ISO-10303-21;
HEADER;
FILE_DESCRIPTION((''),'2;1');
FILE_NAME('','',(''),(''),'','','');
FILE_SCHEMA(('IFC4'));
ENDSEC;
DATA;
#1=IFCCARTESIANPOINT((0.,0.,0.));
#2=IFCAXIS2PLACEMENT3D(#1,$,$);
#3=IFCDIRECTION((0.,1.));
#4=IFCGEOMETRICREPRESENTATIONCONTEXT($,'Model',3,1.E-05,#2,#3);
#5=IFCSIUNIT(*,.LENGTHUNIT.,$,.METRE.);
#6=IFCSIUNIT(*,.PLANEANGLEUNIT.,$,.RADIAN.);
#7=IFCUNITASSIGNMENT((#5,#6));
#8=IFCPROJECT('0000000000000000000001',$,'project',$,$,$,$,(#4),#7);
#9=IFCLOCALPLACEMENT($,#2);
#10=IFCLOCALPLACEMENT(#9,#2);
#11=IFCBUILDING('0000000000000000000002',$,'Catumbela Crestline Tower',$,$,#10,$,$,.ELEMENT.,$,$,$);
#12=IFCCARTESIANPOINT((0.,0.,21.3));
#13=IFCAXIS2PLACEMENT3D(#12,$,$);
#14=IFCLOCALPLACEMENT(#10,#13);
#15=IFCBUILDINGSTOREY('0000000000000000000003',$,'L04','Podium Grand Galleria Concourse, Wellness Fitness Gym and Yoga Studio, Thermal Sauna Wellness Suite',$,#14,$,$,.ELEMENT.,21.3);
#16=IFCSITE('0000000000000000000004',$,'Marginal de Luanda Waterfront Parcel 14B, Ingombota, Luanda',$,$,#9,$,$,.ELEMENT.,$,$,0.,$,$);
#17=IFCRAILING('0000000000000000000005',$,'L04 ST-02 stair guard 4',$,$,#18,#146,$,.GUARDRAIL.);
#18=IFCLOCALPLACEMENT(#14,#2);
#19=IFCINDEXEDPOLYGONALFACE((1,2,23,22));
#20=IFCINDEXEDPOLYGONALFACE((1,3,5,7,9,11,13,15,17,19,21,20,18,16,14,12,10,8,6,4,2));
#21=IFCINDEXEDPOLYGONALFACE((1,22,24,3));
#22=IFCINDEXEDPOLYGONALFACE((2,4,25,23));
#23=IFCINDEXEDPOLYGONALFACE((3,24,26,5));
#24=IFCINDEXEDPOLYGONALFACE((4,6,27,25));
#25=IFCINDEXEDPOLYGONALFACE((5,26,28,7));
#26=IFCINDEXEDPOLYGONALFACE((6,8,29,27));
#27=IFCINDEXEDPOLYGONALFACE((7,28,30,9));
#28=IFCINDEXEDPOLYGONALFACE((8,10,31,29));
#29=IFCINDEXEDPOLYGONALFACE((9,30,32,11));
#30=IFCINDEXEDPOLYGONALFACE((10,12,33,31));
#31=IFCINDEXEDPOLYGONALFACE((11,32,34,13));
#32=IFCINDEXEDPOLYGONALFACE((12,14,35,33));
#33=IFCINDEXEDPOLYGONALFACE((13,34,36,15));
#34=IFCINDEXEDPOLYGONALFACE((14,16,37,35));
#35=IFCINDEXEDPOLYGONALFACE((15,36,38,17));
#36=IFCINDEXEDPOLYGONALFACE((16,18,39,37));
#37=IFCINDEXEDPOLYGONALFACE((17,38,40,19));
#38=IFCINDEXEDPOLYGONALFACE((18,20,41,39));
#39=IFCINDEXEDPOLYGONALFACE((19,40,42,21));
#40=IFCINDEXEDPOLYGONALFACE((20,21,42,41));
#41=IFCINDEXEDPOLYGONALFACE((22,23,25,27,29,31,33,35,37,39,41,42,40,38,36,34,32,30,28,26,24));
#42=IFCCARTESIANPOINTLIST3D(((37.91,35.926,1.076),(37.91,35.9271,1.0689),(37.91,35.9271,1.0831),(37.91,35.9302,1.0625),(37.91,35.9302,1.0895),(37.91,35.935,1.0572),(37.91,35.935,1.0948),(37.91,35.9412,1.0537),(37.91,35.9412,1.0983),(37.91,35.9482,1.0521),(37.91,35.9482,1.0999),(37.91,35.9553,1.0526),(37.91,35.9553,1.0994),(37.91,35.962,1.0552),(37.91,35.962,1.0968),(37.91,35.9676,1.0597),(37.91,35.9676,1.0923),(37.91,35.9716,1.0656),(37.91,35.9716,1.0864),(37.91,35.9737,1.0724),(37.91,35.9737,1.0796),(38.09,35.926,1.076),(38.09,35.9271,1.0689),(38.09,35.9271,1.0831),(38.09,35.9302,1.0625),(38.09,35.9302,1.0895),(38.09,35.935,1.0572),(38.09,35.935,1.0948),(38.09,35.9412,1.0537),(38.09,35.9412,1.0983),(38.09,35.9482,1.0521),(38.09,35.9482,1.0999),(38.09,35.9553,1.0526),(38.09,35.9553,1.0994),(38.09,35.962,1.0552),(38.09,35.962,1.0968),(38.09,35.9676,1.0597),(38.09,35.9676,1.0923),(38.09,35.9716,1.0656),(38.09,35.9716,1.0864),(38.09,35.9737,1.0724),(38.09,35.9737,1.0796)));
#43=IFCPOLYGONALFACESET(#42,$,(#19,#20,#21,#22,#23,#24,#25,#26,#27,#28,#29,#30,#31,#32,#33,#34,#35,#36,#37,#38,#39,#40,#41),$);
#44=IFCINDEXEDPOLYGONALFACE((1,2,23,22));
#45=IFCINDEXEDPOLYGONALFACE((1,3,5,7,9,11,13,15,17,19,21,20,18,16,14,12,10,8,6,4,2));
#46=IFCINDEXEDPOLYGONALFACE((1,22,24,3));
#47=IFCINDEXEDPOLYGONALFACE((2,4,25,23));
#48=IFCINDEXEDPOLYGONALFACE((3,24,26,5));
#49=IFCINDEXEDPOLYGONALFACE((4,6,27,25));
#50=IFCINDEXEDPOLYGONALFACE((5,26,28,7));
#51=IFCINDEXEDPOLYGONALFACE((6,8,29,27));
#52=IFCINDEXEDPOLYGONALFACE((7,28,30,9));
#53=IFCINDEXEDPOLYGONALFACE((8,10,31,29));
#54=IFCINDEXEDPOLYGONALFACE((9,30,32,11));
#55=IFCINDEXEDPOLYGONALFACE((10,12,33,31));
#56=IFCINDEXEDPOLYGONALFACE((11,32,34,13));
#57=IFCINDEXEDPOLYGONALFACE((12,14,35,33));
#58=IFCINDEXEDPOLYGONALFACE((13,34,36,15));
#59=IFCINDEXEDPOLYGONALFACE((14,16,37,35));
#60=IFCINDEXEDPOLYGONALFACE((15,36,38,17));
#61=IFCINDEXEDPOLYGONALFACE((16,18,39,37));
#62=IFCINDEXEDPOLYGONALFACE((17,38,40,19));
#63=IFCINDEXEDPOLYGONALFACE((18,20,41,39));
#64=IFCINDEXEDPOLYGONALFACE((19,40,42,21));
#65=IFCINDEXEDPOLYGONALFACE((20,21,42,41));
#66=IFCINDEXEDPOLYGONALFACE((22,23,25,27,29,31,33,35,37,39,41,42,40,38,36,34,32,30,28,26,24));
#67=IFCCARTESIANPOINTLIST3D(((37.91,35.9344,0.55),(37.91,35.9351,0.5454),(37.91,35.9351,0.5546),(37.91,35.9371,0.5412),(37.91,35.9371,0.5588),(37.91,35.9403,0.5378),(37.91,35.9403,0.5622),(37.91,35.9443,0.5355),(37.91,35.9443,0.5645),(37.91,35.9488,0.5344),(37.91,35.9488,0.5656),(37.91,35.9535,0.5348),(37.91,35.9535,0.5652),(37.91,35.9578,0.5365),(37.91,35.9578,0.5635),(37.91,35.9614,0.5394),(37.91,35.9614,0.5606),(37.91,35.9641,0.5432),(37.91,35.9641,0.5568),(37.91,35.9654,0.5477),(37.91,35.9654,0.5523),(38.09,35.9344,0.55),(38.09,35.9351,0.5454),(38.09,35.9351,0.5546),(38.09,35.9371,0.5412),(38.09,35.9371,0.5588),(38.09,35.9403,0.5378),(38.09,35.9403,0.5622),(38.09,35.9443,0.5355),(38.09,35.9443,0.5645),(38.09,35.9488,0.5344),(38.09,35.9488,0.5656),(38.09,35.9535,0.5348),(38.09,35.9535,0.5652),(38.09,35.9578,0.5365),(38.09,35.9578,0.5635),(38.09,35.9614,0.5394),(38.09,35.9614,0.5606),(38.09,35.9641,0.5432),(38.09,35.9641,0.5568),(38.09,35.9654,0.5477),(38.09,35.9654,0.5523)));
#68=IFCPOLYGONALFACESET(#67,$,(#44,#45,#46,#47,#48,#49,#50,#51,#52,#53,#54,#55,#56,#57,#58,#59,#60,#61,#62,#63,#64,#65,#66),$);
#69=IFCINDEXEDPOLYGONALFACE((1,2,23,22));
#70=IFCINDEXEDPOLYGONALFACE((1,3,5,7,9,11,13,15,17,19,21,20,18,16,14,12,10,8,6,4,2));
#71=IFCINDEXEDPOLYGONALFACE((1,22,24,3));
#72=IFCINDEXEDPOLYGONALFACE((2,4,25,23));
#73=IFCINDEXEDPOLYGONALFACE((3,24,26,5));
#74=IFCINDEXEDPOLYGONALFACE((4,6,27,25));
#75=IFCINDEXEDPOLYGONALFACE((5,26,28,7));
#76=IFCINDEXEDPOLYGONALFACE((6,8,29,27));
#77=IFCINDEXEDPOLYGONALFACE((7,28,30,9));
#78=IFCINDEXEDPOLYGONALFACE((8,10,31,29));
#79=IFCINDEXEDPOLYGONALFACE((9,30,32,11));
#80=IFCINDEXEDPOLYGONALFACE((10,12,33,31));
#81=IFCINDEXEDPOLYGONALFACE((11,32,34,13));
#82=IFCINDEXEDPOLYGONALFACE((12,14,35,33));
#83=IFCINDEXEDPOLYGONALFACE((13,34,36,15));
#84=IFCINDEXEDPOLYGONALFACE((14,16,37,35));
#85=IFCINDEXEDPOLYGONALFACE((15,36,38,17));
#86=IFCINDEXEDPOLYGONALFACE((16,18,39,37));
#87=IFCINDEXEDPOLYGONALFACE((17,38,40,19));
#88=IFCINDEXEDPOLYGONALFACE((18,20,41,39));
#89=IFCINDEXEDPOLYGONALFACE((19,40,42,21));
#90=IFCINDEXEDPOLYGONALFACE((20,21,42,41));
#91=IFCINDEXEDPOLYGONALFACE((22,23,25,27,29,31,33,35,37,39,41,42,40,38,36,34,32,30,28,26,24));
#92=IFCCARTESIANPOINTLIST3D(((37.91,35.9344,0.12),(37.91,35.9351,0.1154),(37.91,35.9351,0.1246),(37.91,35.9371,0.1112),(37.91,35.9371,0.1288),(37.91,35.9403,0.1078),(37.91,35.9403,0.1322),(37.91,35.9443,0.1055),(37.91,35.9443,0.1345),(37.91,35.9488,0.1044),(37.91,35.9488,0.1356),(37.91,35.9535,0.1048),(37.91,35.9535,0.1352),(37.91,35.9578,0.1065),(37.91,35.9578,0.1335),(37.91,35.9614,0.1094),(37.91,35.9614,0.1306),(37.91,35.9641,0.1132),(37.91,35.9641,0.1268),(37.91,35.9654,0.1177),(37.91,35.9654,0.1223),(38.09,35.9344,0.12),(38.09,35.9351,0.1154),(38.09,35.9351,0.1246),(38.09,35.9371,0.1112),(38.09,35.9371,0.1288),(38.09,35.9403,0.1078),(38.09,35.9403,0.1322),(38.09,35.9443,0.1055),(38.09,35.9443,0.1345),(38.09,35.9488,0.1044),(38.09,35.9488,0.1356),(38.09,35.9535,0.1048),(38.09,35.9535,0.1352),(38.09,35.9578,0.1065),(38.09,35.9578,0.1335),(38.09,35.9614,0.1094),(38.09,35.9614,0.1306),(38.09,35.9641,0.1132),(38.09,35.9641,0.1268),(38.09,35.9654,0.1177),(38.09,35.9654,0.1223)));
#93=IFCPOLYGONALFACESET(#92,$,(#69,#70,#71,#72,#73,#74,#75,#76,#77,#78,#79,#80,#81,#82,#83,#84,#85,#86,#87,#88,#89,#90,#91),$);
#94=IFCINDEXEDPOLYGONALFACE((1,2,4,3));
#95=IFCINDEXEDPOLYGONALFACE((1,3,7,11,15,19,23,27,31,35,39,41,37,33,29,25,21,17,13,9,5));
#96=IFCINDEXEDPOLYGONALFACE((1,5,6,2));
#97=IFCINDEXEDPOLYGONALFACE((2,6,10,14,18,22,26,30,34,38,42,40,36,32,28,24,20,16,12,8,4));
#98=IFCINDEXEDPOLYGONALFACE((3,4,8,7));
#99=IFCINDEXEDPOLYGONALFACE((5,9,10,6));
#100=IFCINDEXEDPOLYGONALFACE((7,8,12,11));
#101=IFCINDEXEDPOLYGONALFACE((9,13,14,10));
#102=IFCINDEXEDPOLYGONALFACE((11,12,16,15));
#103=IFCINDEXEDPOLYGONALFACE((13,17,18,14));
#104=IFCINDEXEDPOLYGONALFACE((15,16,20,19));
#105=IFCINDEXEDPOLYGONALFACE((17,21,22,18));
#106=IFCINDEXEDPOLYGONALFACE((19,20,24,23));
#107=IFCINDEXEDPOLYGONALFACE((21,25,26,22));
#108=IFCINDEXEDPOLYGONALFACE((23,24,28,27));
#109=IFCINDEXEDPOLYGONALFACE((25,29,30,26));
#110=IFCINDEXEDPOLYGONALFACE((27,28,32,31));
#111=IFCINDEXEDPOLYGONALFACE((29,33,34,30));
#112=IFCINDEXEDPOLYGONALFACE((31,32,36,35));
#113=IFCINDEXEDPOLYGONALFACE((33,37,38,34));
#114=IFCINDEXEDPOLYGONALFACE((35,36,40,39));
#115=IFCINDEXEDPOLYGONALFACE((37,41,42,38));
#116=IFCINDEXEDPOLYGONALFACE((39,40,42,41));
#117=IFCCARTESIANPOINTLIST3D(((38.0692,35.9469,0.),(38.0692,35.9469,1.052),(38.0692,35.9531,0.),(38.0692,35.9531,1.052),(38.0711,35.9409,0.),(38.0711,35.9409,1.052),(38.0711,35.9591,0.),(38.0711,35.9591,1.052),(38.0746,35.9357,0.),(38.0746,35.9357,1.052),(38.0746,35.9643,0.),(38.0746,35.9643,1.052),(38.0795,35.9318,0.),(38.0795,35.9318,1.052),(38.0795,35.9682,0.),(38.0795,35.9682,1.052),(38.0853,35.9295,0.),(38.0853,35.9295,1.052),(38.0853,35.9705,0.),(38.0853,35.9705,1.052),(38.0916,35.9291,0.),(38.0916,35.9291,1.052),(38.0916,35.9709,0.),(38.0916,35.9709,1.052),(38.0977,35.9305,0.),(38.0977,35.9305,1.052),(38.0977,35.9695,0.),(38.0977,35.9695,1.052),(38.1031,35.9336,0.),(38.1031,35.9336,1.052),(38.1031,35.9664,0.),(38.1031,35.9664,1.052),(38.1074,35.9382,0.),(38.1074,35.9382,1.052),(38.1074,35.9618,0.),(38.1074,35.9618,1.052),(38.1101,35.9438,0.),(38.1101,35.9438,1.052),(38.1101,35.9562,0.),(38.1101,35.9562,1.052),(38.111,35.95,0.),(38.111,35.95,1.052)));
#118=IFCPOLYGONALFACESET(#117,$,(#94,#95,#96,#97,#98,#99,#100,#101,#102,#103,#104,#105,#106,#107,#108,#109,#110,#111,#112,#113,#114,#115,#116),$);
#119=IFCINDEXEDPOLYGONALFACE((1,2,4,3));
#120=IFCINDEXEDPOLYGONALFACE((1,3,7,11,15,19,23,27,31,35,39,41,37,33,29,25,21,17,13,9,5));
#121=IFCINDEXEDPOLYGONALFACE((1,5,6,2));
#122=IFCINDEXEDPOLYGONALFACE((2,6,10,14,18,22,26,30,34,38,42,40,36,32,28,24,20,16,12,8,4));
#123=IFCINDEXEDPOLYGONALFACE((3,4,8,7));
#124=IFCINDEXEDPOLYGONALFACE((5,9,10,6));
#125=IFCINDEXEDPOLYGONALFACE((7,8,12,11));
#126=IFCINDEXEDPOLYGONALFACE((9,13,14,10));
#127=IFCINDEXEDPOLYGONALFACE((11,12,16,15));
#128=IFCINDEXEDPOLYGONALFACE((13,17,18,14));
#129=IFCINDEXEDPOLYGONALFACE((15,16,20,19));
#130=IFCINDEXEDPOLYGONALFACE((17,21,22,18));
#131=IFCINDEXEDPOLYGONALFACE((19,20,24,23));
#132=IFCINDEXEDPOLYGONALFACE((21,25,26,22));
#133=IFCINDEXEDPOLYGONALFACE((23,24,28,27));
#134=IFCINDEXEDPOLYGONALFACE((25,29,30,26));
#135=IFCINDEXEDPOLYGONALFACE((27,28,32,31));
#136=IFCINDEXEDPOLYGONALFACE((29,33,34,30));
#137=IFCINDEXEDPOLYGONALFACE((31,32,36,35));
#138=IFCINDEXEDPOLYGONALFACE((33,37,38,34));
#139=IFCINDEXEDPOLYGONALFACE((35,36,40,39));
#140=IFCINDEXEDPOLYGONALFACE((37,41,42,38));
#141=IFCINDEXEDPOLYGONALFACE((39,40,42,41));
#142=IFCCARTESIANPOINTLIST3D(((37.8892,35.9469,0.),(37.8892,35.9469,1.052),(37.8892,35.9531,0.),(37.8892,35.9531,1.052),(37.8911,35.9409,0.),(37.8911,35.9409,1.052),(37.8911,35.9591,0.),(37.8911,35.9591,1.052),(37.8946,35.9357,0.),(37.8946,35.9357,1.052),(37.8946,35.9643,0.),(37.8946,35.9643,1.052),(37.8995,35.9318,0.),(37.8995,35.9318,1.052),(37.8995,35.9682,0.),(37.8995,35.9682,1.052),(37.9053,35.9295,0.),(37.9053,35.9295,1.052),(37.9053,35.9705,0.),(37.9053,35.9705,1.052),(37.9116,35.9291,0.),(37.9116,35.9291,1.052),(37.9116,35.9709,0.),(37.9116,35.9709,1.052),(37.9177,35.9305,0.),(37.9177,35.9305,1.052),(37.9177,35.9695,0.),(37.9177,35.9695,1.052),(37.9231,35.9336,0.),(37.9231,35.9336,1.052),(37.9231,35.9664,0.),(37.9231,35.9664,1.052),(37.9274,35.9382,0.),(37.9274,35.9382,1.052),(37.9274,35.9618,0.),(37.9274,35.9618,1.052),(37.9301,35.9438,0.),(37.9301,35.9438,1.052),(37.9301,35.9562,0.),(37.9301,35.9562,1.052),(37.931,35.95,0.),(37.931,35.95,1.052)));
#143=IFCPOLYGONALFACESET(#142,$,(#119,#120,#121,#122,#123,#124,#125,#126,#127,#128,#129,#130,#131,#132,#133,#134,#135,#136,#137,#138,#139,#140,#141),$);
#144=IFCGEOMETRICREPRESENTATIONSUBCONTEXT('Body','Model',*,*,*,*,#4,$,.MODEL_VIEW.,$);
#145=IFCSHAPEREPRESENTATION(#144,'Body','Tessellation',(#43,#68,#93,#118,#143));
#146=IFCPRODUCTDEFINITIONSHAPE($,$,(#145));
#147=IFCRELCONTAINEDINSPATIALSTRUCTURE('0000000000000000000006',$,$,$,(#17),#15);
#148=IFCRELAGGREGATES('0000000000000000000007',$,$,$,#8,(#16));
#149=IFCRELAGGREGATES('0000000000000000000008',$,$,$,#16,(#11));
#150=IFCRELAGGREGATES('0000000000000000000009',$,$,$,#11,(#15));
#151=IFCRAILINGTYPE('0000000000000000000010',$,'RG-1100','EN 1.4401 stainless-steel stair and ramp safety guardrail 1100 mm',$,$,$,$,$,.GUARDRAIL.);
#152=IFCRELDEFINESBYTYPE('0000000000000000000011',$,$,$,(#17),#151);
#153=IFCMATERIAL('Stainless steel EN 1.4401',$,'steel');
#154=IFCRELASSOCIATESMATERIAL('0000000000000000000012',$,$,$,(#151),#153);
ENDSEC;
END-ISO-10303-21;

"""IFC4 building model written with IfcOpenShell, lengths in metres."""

from ifc_helpers import new_model, si_unit, direction, frame, origin, origin_2d, place, context, subcontext, project, spatial, circle, extrude, material, type_object, element, save


model = new_model("IFC4")

# Units and contexts
model_context = context("Model", 3, precision=1e-05, world=origin(), true_north=direction((0.0, 1.0)))
body_context = subcontext(model_context, "Body", "Model", "MODEL_VIEW")
ifc_project = project(units=[si_unit("LENGTHUNIT", "METRE"), si_unit("PLANEANGLEUNIT", "RADIAN")], contexts=[model_context])

# Site, building, storey
site_placement = place(None, origin())
site = spatial("IfcSite", under=ifc_project, at=site_placement, Name="Marginal de Luanda Waterfront Parcel 14B, Ingombota, Luanda", CompositionType="ELEMENT", RefElevation=0.0)
building_placement = place(site_placement, origin())
building = spatial("IfcBuilding", under=site, at=building_placement, Name="Catumbela Crestline Tower", CompositionType="ELEMENT")
storey_placement = place(building_placement, frame((0.0, 0.0, 21.3)))
storey = spatial("IfcBuildingStorey", under=building, at=storey_placement, Name="L04", Description="Podium Grand Galleria Concourse, Wellness Fitness Gym and Yoga Studio, Thermal Sauna Wellness Suite", CompositionType="ELEMENT", Elevation=21.3)

# Shared definitions
ifc_material_1 = material(Name="Stainless steel EN 1.4401", Category="steel")

# Railing
railing_type_1 = type_object("IfcRailingType", Name="RG-1100", Description="EN 1.4401 stainless-steel stair and ramp safety guardrail 1100 mm", PredefinedType="GUARDRAIL", material=ifc_material_1)
railing_1_placement = place(storey_placement, frame((38.09, 35.95, 0.0)))
element("IfcRailing", 1, at=railing_1_placement, inside=storey, type_object=railing_type_1, Name="L04 ST-02 stair guard 4", PredefinedType="GUARDRAIL", context=body_context, shape_type="SweptSolid", body=[
    extrude(circle(Radius=0.024, at=origin_2d()), frame((0.0, 0.0, 1.076), z_axis=(-1.0, 0.0, 0.0), x_axis=(0.0, -1.0, 0.0)), (0.0, 0.0, 1.0), 0.18),
    extrude(circle(Radius=0.0156, at=origin_2d()), frame((0.0, 0.0, 0.55), z_axis=(-1.0, 0.0, 0.0), x_axis=(0.0, -1.0, 0.0)), (0.0, 0.0, 1.0), 0.18),
    extrude(circle(Radius=0.0156, at=origin_2d()), frame((0.0, 0.0, 0.12), z_axis=(-1.0, 0.0, 0.0), x_axis=(0.0, -1.0, 0.0)), (0.0, 0.0, 1.0), 0.18),
    extrude(circle(Radius=0.021, at=origin_2d()), origin(), (0.0, 0.0, 1.0), 1.052),
    extrude(circle(Radius=0.021, at=origin_2d()), frame((-0.18, 0.0, 0.0)), (0.0, 0.0, 1.0), 1.052),
])

save(model, "model.ifc")
